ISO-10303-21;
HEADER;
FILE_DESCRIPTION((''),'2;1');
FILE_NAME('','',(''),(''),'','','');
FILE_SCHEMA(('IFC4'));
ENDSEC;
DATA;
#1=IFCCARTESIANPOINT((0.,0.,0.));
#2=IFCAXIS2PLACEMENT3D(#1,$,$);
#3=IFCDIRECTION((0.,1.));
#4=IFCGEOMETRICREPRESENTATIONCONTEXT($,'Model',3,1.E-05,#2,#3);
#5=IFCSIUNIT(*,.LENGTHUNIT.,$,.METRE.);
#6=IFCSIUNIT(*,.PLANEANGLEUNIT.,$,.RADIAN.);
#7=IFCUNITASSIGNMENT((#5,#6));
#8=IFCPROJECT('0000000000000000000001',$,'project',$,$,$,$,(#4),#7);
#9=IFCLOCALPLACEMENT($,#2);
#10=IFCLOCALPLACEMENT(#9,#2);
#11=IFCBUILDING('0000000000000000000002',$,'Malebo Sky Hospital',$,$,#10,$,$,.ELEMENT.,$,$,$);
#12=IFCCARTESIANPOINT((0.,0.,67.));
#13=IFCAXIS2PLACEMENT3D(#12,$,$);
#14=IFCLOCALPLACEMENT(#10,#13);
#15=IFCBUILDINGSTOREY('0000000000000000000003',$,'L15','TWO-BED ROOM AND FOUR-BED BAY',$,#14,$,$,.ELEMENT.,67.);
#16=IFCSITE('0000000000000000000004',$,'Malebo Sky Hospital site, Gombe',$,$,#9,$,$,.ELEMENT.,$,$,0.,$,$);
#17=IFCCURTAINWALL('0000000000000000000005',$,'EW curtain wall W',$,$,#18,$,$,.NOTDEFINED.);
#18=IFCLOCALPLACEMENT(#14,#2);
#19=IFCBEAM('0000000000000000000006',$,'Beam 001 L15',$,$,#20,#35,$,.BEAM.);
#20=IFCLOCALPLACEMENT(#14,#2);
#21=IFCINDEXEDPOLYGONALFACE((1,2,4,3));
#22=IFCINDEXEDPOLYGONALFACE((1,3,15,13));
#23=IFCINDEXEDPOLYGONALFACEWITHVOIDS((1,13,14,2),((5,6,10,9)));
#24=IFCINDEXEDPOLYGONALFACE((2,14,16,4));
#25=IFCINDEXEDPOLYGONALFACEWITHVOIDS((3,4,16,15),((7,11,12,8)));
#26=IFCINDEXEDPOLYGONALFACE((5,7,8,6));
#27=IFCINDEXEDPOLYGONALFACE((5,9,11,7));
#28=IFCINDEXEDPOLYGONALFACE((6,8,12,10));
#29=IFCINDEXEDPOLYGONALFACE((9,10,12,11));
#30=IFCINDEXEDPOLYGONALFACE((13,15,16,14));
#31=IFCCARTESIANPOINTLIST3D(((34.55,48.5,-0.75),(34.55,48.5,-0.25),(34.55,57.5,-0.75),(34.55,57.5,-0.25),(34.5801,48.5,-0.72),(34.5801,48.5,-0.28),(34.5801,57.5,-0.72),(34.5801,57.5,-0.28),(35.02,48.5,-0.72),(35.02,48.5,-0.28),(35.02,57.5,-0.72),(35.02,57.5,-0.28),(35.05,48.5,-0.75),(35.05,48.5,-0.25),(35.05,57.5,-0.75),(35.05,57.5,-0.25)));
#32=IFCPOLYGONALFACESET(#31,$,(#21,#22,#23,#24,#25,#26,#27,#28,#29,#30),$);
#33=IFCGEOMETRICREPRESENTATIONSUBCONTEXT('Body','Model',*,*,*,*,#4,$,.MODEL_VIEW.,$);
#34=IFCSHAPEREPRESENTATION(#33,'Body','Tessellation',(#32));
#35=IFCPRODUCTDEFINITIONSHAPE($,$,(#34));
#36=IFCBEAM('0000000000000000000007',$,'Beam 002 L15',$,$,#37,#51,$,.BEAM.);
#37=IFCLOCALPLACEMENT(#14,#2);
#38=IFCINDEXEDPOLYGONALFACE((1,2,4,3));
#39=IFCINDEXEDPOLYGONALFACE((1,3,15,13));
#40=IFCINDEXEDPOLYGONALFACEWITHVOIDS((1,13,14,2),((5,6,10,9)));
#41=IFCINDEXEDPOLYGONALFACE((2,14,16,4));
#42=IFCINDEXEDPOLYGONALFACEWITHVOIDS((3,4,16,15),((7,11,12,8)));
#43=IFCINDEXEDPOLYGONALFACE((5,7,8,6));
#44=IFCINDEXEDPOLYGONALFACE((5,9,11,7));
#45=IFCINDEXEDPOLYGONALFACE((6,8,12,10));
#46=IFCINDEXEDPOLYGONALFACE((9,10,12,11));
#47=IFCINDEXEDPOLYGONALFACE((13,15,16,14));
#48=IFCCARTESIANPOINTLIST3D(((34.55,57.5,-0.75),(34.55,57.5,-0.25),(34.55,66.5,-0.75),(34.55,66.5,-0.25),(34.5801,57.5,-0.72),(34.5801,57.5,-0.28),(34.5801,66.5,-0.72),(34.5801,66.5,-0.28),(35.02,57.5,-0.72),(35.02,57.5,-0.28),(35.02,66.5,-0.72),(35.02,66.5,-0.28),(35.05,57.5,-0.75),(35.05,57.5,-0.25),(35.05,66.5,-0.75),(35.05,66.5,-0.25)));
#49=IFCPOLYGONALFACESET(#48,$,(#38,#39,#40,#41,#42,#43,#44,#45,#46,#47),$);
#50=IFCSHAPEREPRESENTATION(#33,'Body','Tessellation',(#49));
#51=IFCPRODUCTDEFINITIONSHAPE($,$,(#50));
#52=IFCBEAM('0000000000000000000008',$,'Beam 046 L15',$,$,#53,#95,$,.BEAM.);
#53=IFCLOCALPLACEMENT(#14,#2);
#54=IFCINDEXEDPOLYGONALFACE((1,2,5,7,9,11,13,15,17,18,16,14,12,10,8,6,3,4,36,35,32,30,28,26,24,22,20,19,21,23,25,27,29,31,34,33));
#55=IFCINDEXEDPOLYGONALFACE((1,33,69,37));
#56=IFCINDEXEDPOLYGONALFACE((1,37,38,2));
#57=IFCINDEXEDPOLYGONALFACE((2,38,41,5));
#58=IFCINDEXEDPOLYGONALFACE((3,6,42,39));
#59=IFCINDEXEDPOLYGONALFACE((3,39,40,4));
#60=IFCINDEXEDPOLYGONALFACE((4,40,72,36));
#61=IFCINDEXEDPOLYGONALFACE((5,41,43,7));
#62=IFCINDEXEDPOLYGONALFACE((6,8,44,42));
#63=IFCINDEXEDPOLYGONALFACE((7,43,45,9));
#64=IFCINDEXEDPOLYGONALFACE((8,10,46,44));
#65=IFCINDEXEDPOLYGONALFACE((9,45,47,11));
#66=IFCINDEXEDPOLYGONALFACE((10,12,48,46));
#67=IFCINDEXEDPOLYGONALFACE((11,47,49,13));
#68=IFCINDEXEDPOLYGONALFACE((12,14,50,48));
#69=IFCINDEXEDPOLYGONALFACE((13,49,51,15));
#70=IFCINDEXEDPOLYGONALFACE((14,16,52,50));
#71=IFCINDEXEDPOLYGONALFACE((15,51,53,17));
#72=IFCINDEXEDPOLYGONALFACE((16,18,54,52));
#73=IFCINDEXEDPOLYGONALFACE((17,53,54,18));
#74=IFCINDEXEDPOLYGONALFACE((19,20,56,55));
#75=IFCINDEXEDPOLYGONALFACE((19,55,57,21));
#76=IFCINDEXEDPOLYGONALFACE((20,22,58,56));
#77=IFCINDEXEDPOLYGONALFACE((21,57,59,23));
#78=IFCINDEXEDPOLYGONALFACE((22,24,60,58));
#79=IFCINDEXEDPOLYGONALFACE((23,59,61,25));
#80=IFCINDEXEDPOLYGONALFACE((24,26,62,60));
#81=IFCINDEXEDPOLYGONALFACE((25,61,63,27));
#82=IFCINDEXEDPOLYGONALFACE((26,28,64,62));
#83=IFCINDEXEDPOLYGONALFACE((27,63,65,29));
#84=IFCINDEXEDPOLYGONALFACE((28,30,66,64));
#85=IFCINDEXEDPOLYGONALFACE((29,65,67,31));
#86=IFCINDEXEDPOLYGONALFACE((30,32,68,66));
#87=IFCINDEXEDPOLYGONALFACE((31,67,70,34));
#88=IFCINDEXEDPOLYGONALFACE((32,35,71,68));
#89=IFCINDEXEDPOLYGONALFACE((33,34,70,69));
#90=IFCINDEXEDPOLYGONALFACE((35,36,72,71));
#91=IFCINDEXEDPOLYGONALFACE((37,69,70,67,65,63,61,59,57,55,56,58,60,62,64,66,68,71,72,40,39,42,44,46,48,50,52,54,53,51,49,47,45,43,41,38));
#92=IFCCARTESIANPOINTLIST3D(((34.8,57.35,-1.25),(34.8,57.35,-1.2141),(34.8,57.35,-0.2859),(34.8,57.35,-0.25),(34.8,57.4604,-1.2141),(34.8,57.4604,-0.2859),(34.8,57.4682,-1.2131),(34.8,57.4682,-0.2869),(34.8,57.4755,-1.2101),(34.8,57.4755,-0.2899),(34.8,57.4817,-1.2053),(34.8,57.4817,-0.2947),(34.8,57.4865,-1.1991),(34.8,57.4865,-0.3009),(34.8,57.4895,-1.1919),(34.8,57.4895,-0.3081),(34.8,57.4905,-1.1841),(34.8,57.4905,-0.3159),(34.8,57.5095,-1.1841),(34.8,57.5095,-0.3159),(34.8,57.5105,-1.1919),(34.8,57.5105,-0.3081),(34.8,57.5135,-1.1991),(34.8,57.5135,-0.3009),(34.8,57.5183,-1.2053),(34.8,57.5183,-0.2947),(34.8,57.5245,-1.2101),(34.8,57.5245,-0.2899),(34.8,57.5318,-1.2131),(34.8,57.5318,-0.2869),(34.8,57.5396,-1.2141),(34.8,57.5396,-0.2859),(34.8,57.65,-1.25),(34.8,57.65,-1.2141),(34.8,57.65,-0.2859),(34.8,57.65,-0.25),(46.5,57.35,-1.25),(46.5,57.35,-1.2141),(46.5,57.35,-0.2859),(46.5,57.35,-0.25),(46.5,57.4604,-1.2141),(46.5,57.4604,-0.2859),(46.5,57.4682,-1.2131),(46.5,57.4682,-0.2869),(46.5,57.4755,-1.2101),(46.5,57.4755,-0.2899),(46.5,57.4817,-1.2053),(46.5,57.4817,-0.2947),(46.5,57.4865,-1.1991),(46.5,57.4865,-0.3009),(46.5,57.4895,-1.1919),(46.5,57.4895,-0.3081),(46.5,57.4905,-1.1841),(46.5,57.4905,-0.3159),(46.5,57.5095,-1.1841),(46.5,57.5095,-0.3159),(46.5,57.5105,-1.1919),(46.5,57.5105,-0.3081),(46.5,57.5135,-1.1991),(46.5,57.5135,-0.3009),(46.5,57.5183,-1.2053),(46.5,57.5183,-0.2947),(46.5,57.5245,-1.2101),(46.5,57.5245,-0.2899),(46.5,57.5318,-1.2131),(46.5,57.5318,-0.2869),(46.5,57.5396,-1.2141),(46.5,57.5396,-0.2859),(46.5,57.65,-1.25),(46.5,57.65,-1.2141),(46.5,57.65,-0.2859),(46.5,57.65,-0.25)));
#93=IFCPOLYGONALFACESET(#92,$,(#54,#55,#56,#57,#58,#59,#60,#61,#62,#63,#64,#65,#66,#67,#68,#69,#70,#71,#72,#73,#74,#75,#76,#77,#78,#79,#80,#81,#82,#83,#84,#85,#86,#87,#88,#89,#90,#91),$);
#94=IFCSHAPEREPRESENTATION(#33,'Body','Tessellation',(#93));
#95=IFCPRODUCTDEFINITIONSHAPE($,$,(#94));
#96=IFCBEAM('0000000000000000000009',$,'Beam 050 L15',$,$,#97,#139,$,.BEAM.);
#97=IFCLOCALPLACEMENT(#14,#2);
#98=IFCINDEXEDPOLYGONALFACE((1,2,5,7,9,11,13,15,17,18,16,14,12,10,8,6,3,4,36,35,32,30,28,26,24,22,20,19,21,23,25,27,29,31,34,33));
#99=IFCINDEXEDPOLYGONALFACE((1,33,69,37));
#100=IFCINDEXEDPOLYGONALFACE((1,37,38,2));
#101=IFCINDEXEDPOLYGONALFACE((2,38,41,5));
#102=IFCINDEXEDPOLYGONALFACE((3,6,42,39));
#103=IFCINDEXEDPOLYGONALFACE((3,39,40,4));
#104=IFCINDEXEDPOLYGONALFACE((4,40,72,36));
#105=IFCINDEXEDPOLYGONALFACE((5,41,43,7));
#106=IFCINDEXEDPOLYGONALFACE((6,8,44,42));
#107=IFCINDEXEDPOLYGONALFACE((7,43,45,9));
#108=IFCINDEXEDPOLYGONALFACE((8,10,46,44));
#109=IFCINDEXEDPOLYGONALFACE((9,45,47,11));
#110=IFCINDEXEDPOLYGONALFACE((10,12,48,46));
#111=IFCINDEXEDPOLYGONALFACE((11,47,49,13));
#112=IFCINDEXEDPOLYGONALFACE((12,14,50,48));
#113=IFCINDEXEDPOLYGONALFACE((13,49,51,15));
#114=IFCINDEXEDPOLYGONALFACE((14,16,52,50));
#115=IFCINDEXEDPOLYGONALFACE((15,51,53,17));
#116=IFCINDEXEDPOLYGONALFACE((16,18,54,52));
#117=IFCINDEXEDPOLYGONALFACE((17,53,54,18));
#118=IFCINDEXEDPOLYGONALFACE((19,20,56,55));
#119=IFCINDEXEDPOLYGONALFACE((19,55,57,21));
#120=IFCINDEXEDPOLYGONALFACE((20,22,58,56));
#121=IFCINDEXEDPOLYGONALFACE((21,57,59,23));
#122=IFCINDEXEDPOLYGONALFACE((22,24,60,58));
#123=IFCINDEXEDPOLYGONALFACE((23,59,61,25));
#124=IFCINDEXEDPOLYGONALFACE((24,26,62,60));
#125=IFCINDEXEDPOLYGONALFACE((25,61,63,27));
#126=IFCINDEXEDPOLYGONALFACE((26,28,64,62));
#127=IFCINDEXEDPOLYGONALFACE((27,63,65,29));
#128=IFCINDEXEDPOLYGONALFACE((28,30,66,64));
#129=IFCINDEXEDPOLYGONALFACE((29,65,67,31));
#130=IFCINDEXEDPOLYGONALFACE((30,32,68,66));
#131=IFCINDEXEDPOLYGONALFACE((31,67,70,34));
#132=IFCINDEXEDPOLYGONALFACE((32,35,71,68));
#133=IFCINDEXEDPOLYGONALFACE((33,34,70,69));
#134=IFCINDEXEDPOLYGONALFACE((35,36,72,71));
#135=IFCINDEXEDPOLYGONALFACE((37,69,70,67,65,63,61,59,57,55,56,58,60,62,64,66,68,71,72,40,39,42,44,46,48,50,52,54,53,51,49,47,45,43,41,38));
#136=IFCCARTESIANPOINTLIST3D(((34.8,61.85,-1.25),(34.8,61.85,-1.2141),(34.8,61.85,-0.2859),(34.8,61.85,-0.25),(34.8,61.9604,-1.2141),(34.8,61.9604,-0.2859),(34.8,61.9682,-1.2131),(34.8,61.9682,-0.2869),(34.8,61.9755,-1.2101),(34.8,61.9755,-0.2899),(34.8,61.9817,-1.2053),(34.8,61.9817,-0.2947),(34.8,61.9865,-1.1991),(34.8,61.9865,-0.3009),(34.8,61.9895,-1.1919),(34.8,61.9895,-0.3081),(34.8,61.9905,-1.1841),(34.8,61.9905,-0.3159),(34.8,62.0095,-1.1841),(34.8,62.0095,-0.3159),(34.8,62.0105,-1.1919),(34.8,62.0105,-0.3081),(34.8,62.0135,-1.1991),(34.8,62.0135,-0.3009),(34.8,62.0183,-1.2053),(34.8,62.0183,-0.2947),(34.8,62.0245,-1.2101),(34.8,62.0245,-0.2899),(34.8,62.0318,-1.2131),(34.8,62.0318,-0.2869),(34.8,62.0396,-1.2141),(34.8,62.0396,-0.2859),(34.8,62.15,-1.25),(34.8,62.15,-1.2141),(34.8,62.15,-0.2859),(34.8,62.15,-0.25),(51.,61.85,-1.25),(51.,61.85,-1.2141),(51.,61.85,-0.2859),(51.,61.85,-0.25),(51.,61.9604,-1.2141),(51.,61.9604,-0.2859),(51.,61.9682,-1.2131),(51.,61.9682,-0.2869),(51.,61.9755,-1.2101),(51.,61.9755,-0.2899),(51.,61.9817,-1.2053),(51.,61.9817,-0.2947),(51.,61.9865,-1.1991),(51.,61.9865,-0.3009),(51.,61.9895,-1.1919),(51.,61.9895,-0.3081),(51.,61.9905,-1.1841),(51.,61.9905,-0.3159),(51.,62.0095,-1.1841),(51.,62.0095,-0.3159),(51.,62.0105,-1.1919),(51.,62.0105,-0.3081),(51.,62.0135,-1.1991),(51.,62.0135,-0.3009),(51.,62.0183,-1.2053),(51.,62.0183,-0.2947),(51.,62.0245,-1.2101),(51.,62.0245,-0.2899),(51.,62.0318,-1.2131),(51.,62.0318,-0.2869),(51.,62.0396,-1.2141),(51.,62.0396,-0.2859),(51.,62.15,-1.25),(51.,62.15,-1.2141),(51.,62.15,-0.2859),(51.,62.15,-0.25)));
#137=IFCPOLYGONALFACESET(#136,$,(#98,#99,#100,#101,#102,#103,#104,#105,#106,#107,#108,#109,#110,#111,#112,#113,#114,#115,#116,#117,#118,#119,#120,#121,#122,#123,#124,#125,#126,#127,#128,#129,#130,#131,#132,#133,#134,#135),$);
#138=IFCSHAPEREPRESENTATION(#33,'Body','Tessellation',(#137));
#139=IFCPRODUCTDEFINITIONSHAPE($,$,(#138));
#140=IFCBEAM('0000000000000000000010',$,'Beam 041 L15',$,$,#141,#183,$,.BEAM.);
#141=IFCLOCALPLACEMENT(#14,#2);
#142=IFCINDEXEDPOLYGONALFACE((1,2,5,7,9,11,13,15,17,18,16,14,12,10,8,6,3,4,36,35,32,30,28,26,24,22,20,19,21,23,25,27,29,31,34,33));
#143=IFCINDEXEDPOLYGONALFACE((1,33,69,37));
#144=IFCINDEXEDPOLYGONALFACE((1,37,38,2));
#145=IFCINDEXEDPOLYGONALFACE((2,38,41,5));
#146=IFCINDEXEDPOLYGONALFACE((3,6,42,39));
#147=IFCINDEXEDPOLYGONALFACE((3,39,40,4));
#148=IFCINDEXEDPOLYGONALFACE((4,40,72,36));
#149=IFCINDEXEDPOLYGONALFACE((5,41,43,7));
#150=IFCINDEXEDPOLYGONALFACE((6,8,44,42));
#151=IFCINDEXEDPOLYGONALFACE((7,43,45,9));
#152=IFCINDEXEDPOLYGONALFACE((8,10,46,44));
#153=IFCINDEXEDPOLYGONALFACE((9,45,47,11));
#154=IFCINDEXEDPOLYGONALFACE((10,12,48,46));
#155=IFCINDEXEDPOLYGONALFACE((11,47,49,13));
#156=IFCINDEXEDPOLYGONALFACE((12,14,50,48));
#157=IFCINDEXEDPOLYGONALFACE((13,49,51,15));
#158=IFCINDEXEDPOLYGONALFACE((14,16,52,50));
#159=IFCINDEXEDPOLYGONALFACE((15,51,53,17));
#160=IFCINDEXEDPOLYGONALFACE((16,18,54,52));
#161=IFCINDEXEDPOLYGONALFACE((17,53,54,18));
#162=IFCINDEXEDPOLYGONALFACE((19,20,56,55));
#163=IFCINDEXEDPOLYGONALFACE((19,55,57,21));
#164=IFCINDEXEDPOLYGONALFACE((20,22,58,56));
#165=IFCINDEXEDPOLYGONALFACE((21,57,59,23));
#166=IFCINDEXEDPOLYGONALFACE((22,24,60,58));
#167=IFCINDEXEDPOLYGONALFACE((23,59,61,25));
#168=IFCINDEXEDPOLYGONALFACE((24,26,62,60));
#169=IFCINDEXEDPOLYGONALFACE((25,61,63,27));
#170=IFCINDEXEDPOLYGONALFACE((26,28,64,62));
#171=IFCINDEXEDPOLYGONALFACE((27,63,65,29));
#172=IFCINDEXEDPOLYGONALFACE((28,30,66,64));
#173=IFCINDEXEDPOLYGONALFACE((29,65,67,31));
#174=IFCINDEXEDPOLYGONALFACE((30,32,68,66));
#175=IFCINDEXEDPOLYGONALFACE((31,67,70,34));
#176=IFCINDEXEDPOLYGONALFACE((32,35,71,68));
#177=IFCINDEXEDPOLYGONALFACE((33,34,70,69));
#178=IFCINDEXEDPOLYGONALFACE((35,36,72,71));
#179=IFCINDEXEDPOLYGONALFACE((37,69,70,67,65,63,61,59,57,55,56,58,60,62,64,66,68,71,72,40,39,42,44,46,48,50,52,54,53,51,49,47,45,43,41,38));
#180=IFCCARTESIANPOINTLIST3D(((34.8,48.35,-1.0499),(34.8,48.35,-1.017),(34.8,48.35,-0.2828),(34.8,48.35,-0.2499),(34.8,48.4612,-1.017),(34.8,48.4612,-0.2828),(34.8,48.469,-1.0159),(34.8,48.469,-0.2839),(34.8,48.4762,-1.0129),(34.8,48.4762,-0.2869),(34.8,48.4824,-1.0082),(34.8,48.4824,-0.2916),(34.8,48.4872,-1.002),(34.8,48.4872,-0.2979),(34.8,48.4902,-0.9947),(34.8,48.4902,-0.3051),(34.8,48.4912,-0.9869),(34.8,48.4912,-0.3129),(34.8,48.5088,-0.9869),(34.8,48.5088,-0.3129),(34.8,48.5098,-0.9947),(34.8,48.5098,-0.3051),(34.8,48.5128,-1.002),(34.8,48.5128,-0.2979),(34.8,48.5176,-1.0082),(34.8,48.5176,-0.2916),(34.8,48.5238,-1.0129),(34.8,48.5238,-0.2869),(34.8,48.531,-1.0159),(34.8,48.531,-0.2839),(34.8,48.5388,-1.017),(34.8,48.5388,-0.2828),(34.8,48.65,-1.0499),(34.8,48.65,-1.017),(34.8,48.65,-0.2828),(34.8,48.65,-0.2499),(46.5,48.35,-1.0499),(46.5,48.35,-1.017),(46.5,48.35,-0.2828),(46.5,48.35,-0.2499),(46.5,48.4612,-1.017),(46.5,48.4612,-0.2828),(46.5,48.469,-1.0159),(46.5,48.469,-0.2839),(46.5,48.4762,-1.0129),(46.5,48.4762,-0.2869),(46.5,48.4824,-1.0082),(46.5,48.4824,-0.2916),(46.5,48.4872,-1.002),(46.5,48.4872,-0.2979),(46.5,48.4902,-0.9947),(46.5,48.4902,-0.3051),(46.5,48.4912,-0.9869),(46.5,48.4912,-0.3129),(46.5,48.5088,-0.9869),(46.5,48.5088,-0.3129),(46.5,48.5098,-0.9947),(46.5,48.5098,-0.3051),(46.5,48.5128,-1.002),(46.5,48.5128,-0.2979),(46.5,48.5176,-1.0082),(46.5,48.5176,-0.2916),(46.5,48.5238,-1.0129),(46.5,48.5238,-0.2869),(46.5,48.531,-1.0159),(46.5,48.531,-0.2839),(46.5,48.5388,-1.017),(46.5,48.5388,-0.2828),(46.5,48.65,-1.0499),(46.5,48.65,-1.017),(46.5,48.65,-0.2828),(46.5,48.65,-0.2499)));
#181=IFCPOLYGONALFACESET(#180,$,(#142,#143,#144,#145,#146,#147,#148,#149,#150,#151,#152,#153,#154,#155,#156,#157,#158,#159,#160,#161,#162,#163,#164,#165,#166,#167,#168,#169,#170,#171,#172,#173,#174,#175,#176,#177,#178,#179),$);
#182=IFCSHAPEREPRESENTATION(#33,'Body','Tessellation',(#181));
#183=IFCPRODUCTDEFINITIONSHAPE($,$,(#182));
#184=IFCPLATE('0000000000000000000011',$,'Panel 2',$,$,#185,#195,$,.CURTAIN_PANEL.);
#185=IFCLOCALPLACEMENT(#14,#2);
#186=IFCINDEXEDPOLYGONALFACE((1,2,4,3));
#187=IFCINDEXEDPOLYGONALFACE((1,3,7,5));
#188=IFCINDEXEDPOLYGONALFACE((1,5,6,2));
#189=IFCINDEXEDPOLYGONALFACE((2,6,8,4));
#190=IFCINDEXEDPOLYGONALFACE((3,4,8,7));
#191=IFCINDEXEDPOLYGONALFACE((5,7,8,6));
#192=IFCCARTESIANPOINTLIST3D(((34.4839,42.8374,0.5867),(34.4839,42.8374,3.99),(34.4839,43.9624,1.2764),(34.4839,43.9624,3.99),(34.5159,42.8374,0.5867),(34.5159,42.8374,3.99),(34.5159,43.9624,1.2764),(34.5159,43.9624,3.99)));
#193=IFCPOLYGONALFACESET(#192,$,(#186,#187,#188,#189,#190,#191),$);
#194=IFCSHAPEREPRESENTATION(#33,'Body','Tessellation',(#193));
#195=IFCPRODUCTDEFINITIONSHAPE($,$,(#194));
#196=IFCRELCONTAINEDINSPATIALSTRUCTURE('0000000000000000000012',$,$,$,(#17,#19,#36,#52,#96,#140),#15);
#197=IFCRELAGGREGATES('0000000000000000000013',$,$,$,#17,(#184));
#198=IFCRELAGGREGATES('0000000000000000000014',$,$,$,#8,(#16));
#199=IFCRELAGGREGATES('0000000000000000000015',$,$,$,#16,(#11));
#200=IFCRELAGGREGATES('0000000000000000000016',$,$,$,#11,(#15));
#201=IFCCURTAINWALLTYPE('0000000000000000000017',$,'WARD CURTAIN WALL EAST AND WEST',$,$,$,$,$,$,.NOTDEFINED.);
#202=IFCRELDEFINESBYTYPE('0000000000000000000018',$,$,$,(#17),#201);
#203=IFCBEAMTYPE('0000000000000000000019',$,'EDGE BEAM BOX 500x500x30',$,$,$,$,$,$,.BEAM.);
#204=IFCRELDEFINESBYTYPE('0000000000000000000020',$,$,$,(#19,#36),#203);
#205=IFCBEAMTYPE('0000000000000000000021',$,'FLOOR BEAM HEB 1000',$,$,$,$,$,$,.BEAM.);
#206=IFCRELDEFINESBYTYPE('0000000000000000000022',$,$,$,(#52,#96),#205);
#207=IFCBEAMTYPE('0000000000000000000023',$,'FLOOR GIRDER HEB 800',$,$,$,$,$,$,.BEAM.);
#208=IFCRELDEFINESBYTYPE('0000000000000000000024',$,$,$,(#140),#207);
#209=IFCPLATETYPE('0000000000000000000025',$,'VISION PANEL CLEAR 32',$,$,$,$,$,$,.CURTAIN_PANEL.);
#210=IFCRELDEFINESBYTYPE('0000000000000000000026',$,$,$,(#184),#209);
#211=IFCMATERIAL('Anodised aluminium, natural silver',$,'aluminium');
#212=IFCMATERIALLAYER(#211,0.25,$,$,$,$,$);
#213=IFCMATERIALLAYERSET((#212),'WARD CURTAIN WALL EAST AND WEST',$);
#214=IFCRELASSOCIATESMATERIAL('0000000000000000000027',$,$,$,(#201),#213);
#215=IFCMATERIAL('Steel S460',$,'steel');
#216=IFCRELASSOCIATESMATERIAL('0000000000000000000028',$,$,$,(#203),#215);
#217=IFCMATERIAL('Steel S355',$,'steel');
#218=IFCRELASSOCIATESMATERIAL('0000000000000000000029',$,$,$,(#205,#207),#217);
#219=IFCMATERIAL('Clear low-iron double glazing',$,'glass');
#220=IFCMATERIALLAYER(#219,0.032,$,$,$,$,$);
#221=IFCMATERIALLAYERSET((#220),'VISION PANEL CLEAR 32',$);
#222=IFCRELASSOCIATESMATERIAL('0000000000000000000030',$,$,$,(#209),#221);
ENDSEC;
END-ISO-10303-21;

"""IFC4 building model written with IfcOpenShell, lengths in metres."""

from ifc_helpers import new_model, si_unit, direction, frame, origin, origin_2d, place, context, subcontext, project, spatial, polyline, hollow_rectangle, i_section, outline, extrude, material, layer, layer_set, material_profile, profile_set, type_object, element, aggregate, save


model = new_model("IFC4")

# Units and contexts
model_context = context("Model", 3, precision=1e-05, world=origin(), true_north=direction((0.0, 1.0)))
body_context = subcontext(model_context, "Body", "Model", "MODEL_VIEW")
ifc_project = project(units=[si_unit("LENGTHUNIT", "METRE"), si_unit("PLANEANGLEUNIT", "RADIAN")], contexts=[model_context])

# Site, building, storey
site_placement = place(None, origin())
site = spatial("IfcSite", under=ifc_project, at=site_placement, Name="Malebo Sky Hospital site, Gombe", CompositionType="ELEMENT", RefElevation=0.0)
building_placement = place(site_placement, origin())
building = spatial("IfcBuilding", under=site, at=building_placement, Name="Malebo Sky Hospital", CompositionType="ELEMENT")
storey_placement = place(building_placement, frame((0.0, 0.0, 67.0)))
storey = spatial("IfcBuildingStorey", under=building, at=storey_placement, Name="L15", Description="TWO-BED ROOM AND FOUR-BED BAY", CompositionType="ELEMENT", Elevation=67.0)

# Shared definitions
ifc_material_1 = material(Name="Steel S460", Category="steel")

# Curtain wall
ifc_material_2 = material(Name="Anodised aluminium, natural silver", Category="aluminium")
ifc_layer_1 = layer(ifc_material_2, 0.25)
ifc_layer_set_1 = layer_set([ifc_layer_1], Name="WARD CURTAIN WALL EAST AND WEST")
curtain_wall_type = type_object("IfcCurtainWallType", Name="WARD CURTAIN WALL EAST AND WEST", PredefinedType="NOTDEFINED", material=ifc_layer_set_1)
curtain_wall_placement = place(storey_placement, origin())
curtain_wall = element("IfcCurtainWall", 1, at=curtain_wall_placement, inside=storey, type_object=curtain_wall_type, Name="EW curtain wall W", PredefinedType="NOTDEFINED")

# Beams
ifc_material_profile_1 = material_profile(ifc_material_1, hollow_rectangle(XDim=0.5, YDim=0.5, WallThickness=0.03, at=origin_2d()), Name="BOX 500x500x30")
ifc_profile_set_1 = profile_set([ifc_material_profile_1], Name="Steel S460")
beam_type_1 = type_object("IfcBeamType", Name="EDGE BEAM BOX 500x500x30", PredefinedType="BEAM", material=ifc_profile_set_1)
for number, where, z_axis, x_axis, name in (
    (2, (34.8, 48.5, -0.5), (0.0, 1.0, 0.0), (-1.0, 0.0, 0.0), "Beam 001 L15"),
    (3, (34.8, 57.5, -0.5), (0.0, 1.0, 0.0), (-1.0, 0.0, 0.0), "Beam 002 L15"),
):
    element("IfcBeam", number, at=place(storey_placement, frame(where, z_axis=z_axis, x_axis=x_axis)), inside=storey, type_object=beam_type_1, Name=name, PredefinedType="BEAM", context=body_context, shape_type="SweptSolid", body=[
        extrude(hollow_rectangle(XDim=0.5, YDim=0.5, WallThickness=0.03, at=origin_2d()), origin(), (0.0, 0.0, 1.0), 9.0),
    ])
ifc_material_3 = material(Name="Steel S355", Category="steel")
ifc_material_profile_2 = material_profile(ifc_material_3, i_section(OverallWidth=0.3, OverallDepth=1.0, WebThickness=0.019, FlangeThickness=0.0359, FilletRadius=0.03, at=origin_2d()), Name="HEB 1000")
ifc_profile_set_2 = profile_set([ifc_material_profile_2], Name="Steel S355")
beam_type_2 = type_object("IfcBeamType", Name="FLOOR BEAM HEB 1000", PredefinedType="BEAM", material=ifc_profile_set_2)
beam_1_placement = place(storey_placement, frame((34.8, 57.5, -0.75), z_axis=(1.0, 0.0, 0.0), x_axis=(0.0, 1.0, 0.0)))
element("IfcBeam", 4, at=beam_1_placement, inside=storey, type_object=beam_type_2, Name="Beam 046 L15", PredefinedType="BEAM", context=body_context, shape_type="SweptSolid", body=[
    extrude(i_section(OverallWidth=0.3, OverallDepth=1.0, WebThickness=0.019, FlangeThickness=0.0359, FilletRadius=0.03, at=origin_2d()), origin(), (0.0, 0.0, 1.0), 11.7),
])
beam_2_placement = place(storey_placement, frame((34.8, 62.0, -0.75), z_axis=(1.0, 0.0, 0.0), x_axis=(0.0, 1.0, 0.0)))
element("IfcBeam", 5, at=beam_2_placement, inside=storey, type_object=beam_type_2, Name="Beam 050 L15", PredefinedType="BEAM", context=body_context, shape_type="SweptSolid", body=[
    extrude(i_section(OverallWidth=0.3, OverallDepth=1.0, WebThickness=0.019, FlangeThickness=0.0359, FilletRadius=0.03, at=origin_2d()), origin(), (0.0, 0.0, 1.0), 16.2),
])
ifc_material_profile_3 = material_profile(ifc_material_3, i_section(OverallWidth=0.3, OverallDepth=0.8, WebThickness=0.0176, FlangeThickness=0.033, FilletRadius=0.03, at=origin_2d()), Name="HEB 800")
ifc_profile_set_3 = profile_set([ifc_material_profile_3], Name="Steel S355")
beam_type_3 = type_object("IfcBeamType", Name="FLOOR GIRDER HEB 800", PredefinedType="BEAM", material=ifc_profile_set_3)
beam_3_placement = place(storey_placement, frame((34.8, 48.5, -0.6499), z_axis=(1.0, 0.0, 0.0), x_axis=(0.0, 1.0, 0.0)))
element("IfcBeam", 6, at=beam_3_placement, inside=storey, type_object=beam_type_3, Name="Beam 041 L15", PredefinedType="BEAM", context=body_context, shape_type="SweptSolid", body=[
    extrude(i_section(OverallWidth=0.3, OverallDepth=0.8, WebThickness=0.0176, FlangeThickness=0.033, FilletRadius=0.03, at=origin_2d()), origin(), (0.0, 0.0, 1.0), 11.7),
])

# Plate
ifc_material_4 = material(Name="Clear low-iron double glazing", Category="glass")
ifc_layer_2 = layer(ifc_material_4, 0.032)
ifc_layer_set_2 = layer_set([ifc_layer_2], Name="VISION PANEL CLEAR 32")
plate_type = type_object("IfcPlateType", Name="VISION PANEL CLEAR 32", PredefinedType="CURTAIN_PANEL", material=ifc_layer_set_2)
plate_1_placement = place(storey_placement, frame((34.5, 43.3999, 0.5867), z_axis=(0.0, 0.0, 1.0), x_axis=(0.0, 1.0, 0.0)))
plate_1 = element("IfcPlate", 7, at=plate_1_placement, type_object=plate_type, Name="Panel 2", PredefinedType="CURTAIN_PANEL", context=body_context, shape_type="SweptSolid", body=[
    extrude(outline(polyline([(-0.5625, 0.0), (0.5625, 0.6897), (0.5625, 3.4033), (-0.5625, 3.4033), (-0.5625, 0.0)])), frame((0.0, 0.0161, 0.0), z_axis=(0.0, -1.0, 0.0), x_axis=(1.0, 0.0, 0.0)), (0.0, 0.0, 1.0), 0.032),
])
aggregate(curtain_wall, [plate_1])

save(model, "model.ifc")
